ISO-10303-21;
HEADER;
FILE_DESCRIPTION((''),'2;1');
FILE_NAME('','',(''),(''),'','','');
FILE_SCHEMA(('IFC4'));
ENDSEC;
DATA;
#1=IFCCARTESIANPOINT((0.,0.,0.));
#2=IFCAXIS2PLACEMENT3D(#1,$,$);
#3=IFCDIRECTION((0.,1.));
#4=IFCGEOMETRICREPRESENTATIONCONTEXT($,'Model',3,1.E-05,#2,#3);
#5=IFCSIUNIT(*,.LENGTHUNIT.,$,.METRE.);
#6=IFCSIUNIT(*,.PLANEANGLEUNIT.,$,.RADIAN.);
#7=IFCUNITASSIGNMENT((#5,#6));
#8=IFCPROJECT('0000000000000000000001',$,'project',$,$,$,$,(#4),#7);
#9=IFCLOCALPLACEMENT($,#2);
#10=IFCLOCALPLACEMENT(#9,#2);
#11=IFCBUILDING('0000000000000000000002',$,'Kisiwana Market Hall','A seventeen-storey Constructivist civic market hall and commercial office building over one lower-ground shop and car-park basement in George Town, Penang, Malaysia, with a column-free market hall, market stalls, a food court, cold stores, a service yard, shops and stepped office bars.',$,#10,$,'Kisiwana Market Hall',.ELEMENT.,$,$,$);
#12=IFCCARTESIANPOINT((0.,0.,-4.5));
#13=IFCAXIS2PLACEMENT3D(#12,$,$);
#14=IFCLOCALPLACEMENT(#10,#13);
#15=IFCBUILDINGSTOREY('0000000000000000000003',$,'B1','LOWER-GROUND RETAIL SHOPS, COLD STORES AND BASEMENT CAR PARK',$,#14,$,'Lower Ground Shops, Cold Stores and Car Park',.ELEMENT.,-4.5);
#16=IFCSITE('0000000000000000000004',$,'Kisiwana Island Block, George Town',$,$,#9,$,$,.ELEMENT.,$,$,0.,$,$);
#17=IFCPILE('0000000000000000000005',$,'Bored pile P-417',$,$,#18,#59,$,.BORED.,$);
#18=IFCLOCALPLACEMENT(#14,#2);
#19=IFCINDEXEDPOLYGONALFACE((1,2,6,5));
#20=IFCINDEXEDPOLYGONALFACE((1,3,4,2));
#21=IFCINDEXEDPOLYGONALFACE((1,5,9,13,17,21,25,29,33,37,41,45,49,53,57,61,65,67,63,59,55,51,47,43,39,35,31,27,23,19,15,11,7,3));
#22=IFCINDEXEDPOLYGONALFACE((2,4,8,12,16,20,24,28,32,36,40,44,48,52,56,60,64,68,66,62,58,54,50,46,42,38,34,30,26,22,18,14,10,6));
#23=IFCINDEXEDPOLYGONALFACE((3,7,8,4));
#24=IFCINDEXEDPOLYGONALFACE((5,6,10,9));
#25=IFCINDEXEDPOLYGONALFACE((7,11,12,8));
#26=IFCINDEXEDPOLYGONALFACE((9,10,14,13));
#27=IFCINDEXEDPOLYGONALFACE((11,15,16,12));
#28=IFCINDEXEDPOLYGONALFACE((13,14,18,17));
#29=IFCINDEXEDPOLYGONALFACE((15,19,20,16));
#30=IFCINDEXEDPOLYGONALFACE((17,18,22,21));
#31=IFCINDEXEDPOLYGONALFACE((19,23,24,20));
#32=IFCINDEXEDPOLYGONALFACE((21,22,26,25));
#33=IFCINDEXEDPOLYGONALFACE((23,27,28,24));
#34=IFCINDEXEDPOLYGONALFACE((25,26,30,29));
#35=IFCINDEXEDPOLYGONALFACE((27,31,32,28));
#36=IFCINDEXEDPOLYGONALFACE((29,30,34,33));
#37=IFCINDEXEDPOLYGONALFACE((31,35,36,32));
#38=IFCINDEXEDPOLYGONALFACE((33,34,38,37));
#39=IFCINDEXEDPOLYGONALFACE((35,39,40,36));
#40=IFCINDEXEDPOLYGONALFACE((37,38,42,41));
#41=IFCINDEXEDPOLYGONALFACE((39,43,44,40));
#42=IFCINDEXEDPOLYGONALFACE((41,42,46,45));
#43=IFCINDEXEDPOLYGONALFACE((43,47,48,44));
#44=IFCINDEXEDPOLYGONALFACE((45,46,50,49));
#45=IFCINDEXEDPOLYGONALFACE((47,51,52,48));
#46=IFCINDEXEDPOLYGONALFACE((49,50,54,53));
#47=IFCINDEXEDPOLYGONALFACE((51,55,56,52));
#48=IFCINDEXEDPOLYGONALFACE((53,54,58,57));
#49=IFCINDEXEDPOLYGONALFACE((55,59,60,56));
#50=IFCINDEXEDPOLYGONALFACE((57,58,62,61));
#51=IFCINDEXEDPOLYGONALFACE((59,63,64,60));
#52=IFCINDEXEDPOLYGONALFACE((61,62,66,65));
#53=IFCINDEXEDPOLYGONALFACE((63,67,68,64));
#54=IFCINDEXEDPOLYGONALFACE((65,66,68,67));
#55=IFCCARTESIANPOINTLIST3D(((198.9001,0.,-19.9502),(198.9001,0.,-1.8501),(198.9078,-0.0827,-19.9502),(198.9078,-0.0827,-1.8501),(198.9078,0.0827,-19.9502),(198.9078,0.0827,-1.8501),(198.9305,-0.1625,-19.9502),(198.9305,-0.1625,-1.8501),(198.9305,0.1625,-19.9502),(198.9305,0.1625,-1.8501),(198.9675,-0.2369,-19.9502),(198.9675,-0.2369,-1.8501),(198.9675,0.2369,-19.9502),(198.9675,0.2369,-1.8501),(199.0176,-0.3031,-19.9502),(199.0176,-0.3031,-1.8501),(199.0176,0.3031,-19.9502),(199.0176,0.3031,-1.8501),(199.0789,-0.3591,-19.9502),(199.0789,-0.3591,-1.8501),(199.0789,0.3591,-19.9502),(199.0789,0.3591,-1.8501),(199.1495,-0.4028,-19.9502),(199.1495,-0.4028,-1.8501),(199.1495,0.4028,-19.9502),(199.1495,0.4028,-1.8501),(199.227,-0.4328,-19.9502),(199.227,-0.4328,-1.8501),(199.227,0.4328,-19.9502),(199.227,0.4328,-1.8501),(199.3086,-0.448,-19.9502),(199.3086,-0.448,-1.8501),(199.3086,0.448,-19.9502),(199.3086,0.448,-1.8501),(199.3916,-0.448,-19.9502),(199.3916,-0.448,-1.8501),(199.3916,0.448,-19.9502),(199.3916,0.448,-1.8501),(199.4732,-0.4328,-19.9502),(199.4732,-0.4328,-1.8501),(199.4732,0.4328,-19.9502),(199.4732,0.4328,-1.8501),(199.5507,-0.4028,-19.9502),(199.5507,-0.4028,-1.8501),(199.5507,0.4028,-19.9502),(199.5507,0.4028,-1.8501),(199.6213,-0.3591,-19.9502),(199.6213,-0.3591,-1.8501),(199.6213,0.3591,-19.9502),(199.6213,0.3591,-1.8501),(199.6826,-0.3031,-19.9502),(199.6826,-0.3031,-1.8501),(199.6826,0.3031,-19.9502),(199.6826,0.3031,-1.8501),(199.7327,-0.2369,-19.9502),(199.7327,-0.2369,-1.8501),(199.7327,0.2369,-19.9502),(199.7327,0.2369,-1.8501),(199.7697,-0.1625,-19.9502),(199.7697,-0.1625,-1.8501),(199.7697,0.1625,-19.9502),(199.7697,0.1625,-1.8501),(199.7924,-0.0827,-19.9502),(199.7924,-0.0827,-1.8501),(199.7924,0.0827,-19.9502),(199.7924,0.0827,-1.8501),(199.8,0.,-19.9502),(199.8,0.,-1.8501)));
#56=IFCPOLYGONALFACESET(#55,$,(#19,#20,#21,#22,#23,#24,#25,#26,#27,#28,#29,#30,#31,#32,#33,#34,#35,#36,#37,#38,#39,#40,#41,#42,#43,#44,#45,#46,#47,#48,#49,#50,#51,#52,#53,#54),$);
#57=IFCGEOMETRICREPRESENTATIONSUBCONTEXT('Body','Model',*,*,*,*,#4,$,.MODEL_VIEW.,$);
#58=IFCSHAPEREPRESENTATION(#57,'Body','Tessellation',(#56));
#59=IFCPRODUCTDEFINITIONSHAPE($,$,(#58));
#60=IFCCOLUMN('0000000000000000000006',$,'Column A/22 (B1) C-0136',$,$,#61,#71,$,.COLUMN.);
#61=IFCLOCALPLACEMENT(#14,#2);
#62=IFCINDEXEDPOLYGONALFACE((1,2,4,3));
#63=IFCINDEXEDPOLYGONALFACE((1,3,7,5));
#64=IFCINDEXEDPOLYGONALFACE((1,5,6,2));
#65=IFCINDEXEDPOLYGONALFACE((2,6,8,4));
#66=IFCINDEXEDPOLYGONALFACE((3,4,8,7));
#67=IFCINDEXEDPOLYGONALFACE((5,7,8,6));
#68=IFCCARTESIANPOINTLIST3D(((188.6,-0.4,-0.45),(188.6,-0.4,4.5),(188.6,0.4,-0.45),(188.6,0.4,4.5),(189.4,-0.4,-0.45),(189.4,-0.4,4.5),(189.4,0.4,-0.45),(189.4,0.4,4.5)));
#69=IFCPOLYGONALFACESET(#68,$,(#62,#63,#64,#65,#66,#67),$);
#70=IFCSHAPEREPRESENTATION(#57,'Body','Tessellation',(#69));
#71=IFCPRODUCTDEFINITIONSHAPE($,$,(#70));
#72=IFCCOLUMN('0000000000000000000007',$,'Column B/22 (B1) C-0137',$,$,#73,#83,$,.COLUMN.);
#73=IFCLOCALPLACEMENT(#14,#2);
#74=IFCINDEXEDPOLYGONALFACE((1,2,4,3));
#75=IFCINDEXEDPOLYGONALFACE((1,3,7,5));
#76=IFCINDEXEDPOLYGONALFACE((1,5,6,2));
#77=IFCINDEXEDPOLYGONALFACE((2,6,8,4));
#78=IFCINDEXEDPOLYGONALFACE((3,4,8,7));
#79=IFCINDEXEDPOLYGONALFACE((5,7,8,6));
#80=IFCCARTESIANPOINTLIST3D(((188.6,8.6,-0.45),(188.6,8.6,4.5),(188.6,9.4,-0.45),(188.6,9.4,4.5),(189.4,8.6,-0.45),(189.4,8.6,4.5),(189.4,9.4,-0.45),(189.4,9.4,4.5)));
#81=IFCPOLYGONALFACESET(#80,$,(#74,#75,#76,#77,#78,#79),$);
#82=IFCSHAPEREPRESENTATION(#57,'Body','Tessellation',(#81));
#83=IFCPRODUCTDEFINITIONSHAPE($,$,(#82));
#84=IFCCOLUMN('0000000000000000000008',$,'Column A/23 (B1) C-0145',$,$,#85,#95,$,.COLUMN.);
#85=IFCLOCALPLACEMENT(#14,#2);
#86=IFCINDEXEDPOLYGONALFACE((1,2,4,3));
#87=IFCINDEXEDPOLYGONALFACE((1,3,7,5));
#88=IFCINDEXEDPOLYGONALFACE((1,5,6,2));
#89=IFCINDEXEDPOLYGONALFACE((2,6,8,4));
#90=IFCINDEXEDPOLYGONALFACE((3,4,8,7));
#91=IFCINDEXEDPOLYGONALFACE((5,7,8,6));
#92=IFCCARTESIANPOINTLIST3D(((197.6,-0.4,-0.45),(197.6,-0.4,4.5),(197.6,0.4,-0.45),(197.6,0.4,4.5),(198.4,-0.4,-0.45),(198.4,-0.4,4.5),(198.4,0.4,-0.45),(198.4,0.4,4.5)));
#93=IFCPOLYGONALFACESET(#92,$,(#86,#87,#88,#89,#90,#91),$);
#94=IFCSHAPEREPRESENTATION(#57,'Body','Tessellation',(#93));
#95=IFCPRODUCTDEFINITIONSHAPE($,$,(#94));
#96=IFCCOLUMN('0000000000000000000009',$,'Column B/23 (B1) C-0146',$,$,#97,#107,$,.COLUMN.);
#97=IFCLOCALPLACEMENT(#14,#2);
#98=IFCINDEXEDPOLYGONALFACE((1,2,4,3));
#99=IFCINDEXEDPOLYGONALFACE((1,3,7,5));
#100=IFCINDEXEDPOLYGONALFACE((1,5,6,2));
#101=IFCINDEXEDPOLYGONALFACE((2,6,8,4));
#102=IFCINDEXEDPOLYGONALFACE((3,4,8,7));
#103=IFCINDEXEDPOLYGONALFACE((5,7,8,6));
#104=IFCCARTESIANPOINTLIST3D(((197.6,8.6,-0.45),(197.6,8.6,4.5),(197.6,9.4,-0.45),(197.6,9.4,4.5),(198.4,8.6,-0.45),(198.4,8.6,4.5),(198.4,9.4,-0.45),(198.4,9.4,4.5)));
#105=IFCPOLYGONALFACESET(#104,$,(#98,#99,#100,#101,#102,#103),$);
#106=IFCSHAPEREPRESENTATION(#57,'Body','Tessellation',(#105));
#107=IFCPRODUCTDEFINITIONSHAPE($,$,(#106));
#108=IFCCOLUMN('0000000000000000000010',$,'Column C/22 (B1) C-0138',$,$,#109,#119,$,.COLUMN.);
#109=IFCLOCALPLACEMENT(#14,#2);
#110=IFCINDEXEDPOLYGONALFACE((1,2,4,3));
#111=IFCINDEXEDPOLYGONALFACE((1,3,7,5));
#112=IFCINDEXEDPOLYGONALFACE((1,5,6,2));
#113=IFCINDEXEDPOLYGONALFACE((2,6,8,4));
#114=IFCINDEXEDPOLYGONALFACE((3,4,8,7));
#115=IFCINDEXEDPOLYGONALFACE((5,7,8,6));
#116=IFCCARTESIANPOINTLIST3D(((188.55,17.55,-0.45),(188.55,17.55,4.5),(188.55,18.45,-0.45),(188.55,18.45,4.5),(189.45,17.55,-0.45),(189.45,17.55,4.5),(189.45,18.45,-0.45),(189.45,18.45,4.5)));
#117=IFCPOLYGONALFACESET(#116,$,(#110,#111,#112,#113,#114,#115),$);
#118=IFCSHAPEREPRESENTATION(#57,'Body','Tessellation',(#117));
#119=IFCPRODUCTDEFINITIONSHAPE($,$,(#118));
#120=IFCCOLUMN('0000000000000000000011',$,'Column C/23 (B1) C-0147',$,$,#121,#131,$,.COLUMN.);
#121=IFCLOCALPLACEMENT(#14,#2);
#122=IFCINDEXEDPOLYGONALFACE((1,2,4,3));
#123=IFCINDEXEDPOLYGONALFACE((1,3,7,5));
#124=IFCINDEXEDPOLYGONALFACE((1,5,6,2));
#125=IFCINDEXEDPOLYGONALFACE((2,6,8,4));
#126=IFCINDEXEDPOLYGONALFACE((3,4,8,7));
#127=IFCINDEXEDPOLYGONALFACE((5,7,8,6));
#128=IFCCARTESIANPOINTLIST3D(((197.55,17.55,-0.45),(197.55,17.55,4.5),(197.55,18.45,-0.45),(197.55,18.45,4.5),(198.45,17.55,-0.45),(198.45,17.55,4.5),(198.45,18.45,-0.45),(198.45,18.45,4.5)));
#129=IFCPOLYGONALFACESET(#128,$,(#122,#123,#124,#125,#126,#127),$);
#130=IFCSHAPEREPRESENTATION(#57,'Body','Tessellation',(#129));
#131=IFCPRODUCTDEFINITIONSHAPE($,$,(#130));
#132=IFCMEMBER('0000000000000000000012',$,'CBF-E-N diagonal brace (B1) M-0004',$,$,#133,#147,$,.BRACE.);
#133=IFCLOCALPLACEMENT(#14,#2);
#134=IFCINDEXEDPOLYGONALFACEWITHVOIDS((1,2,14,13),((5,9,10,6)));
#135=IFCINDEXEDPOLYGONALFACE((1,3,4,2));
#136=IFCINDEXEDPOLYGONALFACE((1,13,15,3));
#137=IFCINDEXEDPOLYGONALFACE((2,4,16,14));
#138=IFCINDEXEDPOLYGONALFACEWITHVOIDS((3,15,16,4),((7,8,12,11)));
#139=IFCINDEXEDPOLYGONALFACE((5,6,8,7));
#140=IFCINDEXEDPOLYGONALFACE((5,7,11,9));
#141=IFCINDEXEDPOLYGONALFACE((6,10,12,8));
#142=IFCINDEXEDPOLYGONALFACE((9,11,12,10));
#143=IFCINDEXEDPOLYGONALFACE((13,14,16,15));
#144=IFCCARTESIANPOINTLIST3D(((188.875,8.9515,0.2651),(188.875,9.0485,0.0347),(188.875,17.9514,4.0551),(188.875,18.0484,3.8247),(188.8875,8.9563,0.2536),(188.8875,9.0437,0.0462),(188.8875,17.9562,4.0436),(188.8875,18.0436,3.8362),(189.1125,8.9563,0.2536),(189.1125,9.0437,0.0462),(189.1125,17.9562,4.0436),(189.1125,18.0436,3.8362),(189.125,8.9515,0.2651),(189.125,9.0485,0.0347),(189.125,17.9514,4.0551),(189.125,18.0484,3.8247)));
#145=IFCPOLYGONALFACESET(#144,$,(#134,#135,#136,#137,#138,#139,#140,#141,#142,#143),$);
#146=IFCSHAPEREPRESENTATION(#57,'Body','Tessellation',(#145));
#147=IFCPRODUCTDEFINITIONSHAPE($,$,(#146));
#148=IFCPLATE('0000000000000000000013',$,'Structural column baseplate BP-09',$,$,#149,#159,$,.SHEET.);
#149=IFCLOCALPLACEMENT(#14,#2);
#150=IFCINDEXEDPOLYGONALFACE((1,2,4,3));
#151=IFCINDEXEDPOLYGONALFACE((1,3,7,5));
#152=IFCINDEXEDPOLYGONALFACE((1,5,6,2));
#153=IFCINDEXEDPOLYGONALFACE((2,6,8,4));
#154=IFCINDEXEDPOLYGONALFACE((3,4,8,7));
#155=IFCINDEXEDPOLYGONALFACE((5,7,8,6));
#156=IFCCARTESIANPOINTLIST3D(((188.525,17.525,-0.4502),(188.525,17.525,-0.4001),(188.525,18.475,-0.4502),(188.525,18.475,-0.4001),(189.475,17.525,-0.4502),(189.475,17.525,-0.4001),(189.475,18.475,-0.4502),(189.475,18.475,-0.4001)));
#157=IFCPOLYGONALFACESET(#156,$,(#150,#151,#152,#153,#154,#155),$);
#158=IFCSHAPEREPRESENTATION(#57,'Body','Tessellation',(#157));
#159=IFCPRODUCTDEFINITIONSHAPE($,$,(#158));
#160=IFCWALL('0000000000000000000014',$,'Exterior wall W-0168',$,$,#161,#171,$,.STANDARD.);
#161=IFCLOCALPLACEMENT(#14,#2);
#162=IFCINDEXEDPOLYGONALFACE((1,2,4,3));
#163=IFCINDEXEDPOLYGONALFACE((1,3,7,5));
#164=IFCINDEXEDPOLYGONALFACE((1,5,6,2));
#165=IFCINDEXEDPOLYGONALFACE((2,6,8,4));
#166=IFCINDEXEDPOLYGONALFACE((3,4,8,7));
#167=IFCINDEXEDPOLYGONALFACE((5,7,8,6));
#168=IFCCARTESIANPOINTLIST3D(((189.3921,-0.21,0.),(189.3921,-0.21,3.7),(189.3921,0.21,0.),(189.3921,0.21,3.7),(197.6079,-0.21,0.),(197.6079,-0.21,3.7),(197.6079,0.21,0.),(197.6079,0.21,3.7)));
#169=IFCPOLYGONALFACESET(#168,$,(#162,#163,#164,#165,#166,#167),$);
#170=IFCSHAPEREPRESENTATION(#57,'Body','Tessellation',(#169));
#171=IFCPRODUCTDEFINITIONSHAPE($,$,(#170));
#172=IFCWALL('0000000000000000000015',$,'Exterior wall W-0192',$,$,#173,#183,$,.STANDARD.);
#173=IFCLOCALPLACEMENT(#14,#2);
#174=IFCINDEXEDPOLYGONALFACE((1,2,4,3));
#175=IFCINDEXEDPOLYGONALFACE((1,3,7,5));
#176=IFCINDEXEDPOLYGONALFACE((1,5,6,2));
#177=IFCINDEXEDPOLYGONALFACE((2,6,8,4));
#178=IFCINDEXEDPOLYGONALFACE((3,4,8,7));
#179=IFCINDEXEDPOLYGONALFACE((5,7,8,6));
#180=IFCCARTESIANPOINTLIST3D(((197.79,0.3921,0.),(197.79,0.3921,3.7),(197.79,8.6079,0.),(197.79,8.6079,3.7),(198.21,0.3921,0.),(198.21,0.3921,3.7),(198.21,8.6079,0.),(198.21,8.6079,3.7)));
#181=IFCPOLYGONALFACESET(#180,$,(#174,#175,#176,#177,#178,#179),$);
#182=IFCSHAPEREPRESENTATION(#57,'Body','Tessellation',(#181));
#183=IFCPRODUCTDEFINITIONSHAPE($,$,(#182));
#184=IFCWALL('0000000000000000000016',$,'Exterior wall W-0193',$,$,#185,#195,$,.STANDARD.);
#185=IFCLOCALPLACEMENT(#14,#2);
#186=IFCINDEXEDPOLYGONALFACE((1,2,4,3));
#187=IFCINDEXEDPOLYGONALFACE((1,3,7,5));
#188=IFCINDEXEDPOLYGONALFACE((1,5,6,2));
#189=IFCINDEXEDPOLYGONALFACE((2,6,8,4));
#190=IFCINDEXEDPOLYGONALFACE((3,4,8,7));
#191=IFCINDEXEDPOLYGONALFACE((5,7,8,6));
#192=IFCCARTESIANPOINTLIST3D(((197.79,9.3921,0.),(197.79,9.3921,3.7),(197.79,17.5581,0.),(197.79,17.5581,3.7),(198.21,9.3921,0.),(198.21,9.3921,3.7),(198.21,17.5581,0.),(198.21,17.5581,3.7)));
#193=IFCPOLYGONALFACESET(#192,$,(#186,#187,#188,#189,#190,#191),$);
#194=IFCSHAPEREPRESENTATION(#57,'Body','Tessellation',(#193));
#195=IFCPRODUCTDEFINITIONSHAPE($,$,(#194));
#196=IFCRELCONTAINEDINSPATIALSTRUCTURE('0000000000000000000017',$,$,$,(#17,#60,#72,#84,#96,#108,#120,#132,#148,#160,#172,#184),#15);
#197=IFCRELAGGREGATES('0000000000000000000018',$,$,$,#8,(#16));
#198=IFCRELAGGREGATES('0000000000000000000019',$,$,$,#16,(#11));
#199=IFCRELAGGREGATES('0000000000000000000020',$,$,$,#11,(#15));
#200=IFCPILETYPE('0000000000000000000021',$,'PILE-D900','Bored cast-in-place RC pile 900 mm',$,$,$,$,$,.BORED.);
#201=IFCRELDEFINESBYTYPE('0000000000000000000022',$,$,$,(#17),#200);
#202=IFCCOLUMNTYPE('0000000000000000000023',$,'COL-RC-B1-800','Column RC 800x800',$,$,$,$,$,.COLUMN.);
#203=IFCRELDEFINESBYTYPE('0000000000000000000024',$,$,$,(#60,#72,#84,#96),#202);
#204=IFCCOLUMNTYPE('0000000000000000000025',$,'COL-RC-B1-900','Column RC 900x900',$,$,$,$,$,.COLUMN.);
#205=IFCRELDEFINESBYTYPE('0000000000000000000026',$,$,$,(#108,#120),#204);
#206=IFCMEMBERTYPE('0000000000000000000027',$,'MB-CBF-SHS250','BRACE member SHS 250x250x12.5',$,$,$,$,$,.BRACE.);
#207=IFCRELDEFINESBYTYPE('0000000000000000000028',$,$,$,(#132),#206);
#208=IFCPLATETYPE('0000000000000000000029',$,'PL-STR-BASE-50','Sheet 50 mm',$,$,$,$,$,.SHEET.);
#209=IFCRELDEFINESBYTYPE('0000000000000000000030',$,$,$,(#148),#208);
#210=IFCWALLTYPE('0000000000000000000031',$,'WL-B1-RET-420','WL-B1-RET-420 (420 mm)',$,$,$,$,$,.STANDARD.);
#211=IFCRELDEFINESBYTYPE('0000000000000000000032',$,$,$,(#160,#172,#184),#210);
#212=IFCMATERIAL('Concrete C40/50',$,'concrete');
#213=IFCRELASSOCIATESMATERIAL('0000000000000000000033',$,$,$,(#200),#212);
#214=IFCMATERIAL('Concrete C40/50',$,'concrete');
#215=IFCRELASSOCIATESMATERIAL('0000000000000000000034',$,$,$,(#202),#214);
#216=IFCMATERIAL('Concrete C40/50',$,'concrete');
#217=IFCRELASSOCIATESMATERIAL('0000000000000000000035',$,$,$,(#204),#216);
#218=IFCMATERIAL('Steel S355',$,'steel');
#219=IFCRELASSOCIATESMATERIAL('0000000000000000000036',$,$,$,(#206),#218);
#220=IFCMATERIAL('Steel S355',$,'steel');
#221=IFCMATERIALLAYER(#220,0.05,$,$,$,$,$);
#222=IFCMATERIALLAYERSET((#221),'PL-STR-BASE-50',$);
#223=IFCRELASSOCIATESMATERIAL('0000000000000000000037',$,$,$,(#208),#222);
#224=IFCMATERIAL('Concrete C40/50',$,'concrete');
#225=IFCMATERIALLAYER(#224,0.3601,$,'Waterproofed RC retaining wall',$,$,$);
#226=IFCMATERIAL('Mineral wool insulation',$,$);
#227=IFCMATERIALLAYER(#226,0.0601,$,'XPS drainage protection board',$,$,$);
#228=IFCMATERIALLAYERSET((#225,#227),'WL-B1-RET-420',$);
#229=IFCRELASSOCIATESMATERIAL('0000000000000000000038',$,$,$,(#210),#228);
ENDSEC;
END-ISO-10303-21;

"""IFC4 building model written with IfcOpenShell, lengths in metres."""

from ifc_helpers import new_model, si_unit, direction, frame, frame_2d, origin, origin_2d, place, context, subcontext, project, spatial, rectangle, hollow_rectangle, circle, extrude, material, layer, layer_set, material_profile, profile_set, type_object, element, save


model = new_model("IFC4")

# Units and contexts
model_context = context("Model", 3, precision=1e-05, world=origin(), true_north=direction((0.0, 1.0)))
body_context = subcontext(model_context, "Body", "Model", "MODEL_VIEW")
ifc_project = project(units=[si_unit("LENGTHUNIT", "METRE"), si_unit("PLANEANGLEUNIT", "RADIAN")], contexts=[model_context])

# Site, building, storey
site_placement = place(None, origin())
site = spatial("IfcSite", under=ifc_project, at=site_placement, Name="Kisiwana Island Block, George Town", CompositionType="ELEMENT", RefElevation=0.0)
building_placement = place(site_placement, origin())
building = spatial("IfcBuilding", under=site, at=building_placement, Name="Kisiwana Market Hall", Description="A seventeen-storey Constructivist civic market hall and commercial office building over one lower-ground shop and car-park basement in George Town, Penang, Malaysia, with a column-free market hall, market stalls, a food court, cold stores, a service yard, shops and stepped office bars.", LongName="Kisiwana Market Hall", CompositionType="ELEMENT")
storey_placement = place(building_placement, frame((0.0, 0.0, -4.5)))
storey = spatial("IfcBuildingStorey", under=building, at=storey_placement, Name="B1", Description="LOWER-GROUND RETAIL SHOPS, COLD STORES AND BASEMENT CAR PARK", LongName="Lower Ground Shops, Cold Stores and Car Park", CompositionType="ELEMENT", Elevation=-4.5)

# Pile
ifc_material_1 = material(Name="Concrete C40/50", Category="concrete")
ifc_material_profile_1 = material_profile(ifc_material_1, circle(Radius=0.45, at=origin_2d()), Name="BP D900")
ifc_profile_set_1 = profile_set([ifc_material_profile_1], Name="Concrete C40/50")
pile_type_1 = type_object("IfcPileType", Name="PILE-D900", Description="Bored cast-in-place RC pile 900 mm", PredefinedType="BORED", material=ifc_profile_set_1)
for number, where, z_axis, x_axis, name in (
    (1, (199.3501, 0.0, -1.8501), (0.0, 0.0, -1.0), (1.0, 0.0, 0.0), "Bored pile P-417"),
):
    element("IfcPile", number, at=place(storey_placement, frame(where, z_axis=z_axis, x_axis=x_axis)), inside=storey, type_object=pile_type_1, Name=name, PredefinedType="BORED", context=body_context, shape_type="SweptSolid", body=[
        extrude(circle(Radius=0.45, at=origin_2d()), origin(), (0.0, 0.0, 1.0), 18.1001),
    ])

# Columns
ifc_material_2 = material(Name="Concrete C40/50", Category="concrete")
ifc_material_profile_2 = material_profile(ifc_material_2, rectangle(XDim=0.8, YDim=0.8, at=origin_2d()), Name="RC 800x800")
ifc_profile_set_2 = profile_set([ifc_material_profile_2], Name="Concrete C40/50")
column_type_1 = type_object("IfcColumnType", Name="COL-RC-B1-800", Description="Column RC 800x800", PredefinedType="COLUMN", material=ifc_profile_set_2)
for number, where, z_axis, x_axis, name in (
    (2, (189.0, 0.0, -0.45), (0.0, 0.0, 1.0), (1.0, 0.0, 0.0), "Column A/22 (B1) C-0136"),
    (3, (189.0, 9.0, -0.45), (0.0, 0.0, 1.0), (1.0, 0.0, 0.0), "Column B/22 (B1) C-0137"),
    (4, (198.0, 0.0, -0.45), (0.0, 0.0, 1.0), (1.0, 0.0, 0.0), "Column A/23 (B1) C-0145"),
    (5, (198.0, 9.0, -0.45), (0.0, 0.0, 1.0), (1.0, 0.0, 0.0), "Column B/23 (B1) C-0146"),
):
    element("IfcColumn", number, at=place(storey_placement, frame(where, z_axis=z_axis, x_axis=x_axis)), inside=storey, type_object=column_type_1, Name=name, PredefinedType="COLUMN", context=body_context, shape_type="SweptSolid", body=[
        extrude(rectangle(XDim=0.8, YDim=0.8, at=origin_2d()), origin(), (0.0, 0.0, 1.0), 4.95),
    ])
ifc_material_3 = material(Name="Concrete C40/50", Category="concrete")
ifc_material_profile_3 = material_profile(ifc_material_3, rectangle(XDim=0.8999, YDim=0.8999, at=origin_2d()), Name="RC 900x900")
ifc_profile_set_3 = profile_set([ifc_material_profile_3], Name="Concrete C40/50")
column_type_2 = type_object("IfcColumnType", Name="COL-RC-B1-900", Description="Column RC 900x900", PredefinedType="COLUMN", material=ifc_profile_set_3)
for number, where, z_axis, x_axis, name in (
    (6, (189.0, 18.0, -0.45), (0.0, 0.0, 1.0), (1.0, 0.0, 0.0), "Column C/22 (B1) C-0138"),
    (7, (198.0, 18.0, -0.45), (0.0, 0.0, 1.0), (1.0, 0.0, 0.0), "Column C/23 (B1) C-0147"),
):
    element("IfcColumn", number, at=place(storey_placement, frame(where, z_axis=z_axis, x_axis=x_axis)), inside=storey, type_object=column_type_2, Name=name, PredefinedType="COLUMN", context=body_context, shape_type="SweptSolid", body=[
        extrude(rectangle(XDim=0.8999, YDim=0.8999, at=origin_2d()), origin(), (0.0, 0.0, 1.0), 4.95),
    ])

# Member
ifc_material_4 = material(Name="Steel S355", Category="steel")
ifc_material_profile_4 = material_profile(ifc_material_4, hollow_rectangle(XDim=0.25, YDim=0.25, WallThickness=0.0125, at=origin_2d()), Name="SHS 250x250x12.5")
ifc_profile_set_4 = profile_set([ifc_material_profile_4], Name="Steel S355")
member_type = type_object("IfcMemberType", Name="MB-CBF-SHS250", Description="BRACE member SHS 250x250x12.5", PredefinedType="BRACE", material=ifc_profile_set_4)
member_placement = place(storey_placement, frame((189.0, 9.0, 0.1499), z_axis=(0.0, 0.921615, 0.388106), x_axis=(-1.0, 0.0, 0.0)))
element("IfcMember", 8, at=member_placement, inside=storey, type_object=member_type, Name="CBF-E-N diagonal brace (B1) M-0004", PredefinedType="BRACE", context=body_context, shape_type="SweptSolid", body=[
    extrude(hollow_rectangle(XDim=0.25, YDim=0.25, WallThickness=0.0125, at=origin_2d()), origin(), (0.0, 0.0, 1.0), 9.7654),
])

# Plate
ifc_material_5 = material(Name="Steel S355", Category="steel")
ifc_layer_1 = layer(ifc_material_5, 0.05)
ifc_layer_set_1 = layer_set([ifc_layer_1], Name="PL-STR-BASE-50")
plate_type = type_object("IfcPlateType", Name="PL-STR-BASE-50", Description="Sheet 50 mm", PredefinedType="SHEET", material=ifc_layer_set_1)
plate_placement = place(storey_placement, frame((189.0, 18.0, -0.4502), z_axis=(0.0, 0.0, 1.0), x_axis=(1.0, 0.0, 0.0)))
element("IfcPlate", 9, at=plate_placement, inside=storey, type_object=plate_type, Name="Structural column baseplate BP-09", PredefinedType="SHEET", context=body_context, shape_type="SweptSolid", body=[
    extrude(rectangle(XDim=0.95, YDim=0.95, at=origin_2d()), origin(), (0.0, 0.0, 1.0), 0.05),
])

# Walls
ifc_material_6 = material(Name="Concrete C40/50", Category="concrete")
ifc_layer_2 = layer(ifc_material_6, 0.3601, Name="Waterproofed RC retaining wall")
ifc_material_7 = material(Name="Mineral wool insulation")
ifc_layer_3 = layer(ifc_material_7, 0.0601, Name="XPS drainage protection board")
ifc_layer_set_2 = layer_set([ifc_layer_2, ifc_layer_3], Name="WL-B1-RET-420")
wall_type_1 = type_object("IfcWallType", Name="WL-B1-RET-420", Description="WL-B1-RET-420 (420 mm)", PredefinedType="STANDARD", material=ifc_layer_set_2)
for number, where, z_axis, x_axis, name in (
    (10, (189.3921, 0.0, 0.0), (0.0, 0.0, 1.0), (1.0, 0.0, 0.0), "Exterior wall W-0168"),
    (11, (198.0, 0.3921, 0.0), (0.0, 0.0, 1.0), (0.0, 1.0, 0.0), "Exterior wall W-0192"),
):
    element("IfcWall", number, at=place(storey_placement, frame(where, z_axis=z_axis, x_axis=x_axis)), inside=storey, type_object=wall_type_1, Name=name, PredefinedType="STANDARD", context=body_context, shape_type="SweptSolid", body=[
        extrude(rectangle(XDim=8.2158, YDim=0.4199, at=frame_2d((4.1079, 0.0))), origin(), (0.0, 0.0, 1.0), 3.7),
    ])
wall_1_placement = place(storey_placement, frame((198.0, 9.3921, 0.0), z_axis=(0.0, 0.0, 1.0), x_axis=(0.0, 1.0, 0.0)))
element("IfcWall", 12, at=wall_1_placement, inside=storey, type_object=wall_type_1, Name="Exterior wall W-0193", PredefinedType="STANDARD", context=body_context, shape_type="SweptSolid", body=[
    extrude(rectangle(XDim=8.166, YDim=0.4199, at=frame_2d((4.083, 0.0))), origin(), (0.0, 0.0, 1.0), 3.7),
])

save(model, "model.ifc")
